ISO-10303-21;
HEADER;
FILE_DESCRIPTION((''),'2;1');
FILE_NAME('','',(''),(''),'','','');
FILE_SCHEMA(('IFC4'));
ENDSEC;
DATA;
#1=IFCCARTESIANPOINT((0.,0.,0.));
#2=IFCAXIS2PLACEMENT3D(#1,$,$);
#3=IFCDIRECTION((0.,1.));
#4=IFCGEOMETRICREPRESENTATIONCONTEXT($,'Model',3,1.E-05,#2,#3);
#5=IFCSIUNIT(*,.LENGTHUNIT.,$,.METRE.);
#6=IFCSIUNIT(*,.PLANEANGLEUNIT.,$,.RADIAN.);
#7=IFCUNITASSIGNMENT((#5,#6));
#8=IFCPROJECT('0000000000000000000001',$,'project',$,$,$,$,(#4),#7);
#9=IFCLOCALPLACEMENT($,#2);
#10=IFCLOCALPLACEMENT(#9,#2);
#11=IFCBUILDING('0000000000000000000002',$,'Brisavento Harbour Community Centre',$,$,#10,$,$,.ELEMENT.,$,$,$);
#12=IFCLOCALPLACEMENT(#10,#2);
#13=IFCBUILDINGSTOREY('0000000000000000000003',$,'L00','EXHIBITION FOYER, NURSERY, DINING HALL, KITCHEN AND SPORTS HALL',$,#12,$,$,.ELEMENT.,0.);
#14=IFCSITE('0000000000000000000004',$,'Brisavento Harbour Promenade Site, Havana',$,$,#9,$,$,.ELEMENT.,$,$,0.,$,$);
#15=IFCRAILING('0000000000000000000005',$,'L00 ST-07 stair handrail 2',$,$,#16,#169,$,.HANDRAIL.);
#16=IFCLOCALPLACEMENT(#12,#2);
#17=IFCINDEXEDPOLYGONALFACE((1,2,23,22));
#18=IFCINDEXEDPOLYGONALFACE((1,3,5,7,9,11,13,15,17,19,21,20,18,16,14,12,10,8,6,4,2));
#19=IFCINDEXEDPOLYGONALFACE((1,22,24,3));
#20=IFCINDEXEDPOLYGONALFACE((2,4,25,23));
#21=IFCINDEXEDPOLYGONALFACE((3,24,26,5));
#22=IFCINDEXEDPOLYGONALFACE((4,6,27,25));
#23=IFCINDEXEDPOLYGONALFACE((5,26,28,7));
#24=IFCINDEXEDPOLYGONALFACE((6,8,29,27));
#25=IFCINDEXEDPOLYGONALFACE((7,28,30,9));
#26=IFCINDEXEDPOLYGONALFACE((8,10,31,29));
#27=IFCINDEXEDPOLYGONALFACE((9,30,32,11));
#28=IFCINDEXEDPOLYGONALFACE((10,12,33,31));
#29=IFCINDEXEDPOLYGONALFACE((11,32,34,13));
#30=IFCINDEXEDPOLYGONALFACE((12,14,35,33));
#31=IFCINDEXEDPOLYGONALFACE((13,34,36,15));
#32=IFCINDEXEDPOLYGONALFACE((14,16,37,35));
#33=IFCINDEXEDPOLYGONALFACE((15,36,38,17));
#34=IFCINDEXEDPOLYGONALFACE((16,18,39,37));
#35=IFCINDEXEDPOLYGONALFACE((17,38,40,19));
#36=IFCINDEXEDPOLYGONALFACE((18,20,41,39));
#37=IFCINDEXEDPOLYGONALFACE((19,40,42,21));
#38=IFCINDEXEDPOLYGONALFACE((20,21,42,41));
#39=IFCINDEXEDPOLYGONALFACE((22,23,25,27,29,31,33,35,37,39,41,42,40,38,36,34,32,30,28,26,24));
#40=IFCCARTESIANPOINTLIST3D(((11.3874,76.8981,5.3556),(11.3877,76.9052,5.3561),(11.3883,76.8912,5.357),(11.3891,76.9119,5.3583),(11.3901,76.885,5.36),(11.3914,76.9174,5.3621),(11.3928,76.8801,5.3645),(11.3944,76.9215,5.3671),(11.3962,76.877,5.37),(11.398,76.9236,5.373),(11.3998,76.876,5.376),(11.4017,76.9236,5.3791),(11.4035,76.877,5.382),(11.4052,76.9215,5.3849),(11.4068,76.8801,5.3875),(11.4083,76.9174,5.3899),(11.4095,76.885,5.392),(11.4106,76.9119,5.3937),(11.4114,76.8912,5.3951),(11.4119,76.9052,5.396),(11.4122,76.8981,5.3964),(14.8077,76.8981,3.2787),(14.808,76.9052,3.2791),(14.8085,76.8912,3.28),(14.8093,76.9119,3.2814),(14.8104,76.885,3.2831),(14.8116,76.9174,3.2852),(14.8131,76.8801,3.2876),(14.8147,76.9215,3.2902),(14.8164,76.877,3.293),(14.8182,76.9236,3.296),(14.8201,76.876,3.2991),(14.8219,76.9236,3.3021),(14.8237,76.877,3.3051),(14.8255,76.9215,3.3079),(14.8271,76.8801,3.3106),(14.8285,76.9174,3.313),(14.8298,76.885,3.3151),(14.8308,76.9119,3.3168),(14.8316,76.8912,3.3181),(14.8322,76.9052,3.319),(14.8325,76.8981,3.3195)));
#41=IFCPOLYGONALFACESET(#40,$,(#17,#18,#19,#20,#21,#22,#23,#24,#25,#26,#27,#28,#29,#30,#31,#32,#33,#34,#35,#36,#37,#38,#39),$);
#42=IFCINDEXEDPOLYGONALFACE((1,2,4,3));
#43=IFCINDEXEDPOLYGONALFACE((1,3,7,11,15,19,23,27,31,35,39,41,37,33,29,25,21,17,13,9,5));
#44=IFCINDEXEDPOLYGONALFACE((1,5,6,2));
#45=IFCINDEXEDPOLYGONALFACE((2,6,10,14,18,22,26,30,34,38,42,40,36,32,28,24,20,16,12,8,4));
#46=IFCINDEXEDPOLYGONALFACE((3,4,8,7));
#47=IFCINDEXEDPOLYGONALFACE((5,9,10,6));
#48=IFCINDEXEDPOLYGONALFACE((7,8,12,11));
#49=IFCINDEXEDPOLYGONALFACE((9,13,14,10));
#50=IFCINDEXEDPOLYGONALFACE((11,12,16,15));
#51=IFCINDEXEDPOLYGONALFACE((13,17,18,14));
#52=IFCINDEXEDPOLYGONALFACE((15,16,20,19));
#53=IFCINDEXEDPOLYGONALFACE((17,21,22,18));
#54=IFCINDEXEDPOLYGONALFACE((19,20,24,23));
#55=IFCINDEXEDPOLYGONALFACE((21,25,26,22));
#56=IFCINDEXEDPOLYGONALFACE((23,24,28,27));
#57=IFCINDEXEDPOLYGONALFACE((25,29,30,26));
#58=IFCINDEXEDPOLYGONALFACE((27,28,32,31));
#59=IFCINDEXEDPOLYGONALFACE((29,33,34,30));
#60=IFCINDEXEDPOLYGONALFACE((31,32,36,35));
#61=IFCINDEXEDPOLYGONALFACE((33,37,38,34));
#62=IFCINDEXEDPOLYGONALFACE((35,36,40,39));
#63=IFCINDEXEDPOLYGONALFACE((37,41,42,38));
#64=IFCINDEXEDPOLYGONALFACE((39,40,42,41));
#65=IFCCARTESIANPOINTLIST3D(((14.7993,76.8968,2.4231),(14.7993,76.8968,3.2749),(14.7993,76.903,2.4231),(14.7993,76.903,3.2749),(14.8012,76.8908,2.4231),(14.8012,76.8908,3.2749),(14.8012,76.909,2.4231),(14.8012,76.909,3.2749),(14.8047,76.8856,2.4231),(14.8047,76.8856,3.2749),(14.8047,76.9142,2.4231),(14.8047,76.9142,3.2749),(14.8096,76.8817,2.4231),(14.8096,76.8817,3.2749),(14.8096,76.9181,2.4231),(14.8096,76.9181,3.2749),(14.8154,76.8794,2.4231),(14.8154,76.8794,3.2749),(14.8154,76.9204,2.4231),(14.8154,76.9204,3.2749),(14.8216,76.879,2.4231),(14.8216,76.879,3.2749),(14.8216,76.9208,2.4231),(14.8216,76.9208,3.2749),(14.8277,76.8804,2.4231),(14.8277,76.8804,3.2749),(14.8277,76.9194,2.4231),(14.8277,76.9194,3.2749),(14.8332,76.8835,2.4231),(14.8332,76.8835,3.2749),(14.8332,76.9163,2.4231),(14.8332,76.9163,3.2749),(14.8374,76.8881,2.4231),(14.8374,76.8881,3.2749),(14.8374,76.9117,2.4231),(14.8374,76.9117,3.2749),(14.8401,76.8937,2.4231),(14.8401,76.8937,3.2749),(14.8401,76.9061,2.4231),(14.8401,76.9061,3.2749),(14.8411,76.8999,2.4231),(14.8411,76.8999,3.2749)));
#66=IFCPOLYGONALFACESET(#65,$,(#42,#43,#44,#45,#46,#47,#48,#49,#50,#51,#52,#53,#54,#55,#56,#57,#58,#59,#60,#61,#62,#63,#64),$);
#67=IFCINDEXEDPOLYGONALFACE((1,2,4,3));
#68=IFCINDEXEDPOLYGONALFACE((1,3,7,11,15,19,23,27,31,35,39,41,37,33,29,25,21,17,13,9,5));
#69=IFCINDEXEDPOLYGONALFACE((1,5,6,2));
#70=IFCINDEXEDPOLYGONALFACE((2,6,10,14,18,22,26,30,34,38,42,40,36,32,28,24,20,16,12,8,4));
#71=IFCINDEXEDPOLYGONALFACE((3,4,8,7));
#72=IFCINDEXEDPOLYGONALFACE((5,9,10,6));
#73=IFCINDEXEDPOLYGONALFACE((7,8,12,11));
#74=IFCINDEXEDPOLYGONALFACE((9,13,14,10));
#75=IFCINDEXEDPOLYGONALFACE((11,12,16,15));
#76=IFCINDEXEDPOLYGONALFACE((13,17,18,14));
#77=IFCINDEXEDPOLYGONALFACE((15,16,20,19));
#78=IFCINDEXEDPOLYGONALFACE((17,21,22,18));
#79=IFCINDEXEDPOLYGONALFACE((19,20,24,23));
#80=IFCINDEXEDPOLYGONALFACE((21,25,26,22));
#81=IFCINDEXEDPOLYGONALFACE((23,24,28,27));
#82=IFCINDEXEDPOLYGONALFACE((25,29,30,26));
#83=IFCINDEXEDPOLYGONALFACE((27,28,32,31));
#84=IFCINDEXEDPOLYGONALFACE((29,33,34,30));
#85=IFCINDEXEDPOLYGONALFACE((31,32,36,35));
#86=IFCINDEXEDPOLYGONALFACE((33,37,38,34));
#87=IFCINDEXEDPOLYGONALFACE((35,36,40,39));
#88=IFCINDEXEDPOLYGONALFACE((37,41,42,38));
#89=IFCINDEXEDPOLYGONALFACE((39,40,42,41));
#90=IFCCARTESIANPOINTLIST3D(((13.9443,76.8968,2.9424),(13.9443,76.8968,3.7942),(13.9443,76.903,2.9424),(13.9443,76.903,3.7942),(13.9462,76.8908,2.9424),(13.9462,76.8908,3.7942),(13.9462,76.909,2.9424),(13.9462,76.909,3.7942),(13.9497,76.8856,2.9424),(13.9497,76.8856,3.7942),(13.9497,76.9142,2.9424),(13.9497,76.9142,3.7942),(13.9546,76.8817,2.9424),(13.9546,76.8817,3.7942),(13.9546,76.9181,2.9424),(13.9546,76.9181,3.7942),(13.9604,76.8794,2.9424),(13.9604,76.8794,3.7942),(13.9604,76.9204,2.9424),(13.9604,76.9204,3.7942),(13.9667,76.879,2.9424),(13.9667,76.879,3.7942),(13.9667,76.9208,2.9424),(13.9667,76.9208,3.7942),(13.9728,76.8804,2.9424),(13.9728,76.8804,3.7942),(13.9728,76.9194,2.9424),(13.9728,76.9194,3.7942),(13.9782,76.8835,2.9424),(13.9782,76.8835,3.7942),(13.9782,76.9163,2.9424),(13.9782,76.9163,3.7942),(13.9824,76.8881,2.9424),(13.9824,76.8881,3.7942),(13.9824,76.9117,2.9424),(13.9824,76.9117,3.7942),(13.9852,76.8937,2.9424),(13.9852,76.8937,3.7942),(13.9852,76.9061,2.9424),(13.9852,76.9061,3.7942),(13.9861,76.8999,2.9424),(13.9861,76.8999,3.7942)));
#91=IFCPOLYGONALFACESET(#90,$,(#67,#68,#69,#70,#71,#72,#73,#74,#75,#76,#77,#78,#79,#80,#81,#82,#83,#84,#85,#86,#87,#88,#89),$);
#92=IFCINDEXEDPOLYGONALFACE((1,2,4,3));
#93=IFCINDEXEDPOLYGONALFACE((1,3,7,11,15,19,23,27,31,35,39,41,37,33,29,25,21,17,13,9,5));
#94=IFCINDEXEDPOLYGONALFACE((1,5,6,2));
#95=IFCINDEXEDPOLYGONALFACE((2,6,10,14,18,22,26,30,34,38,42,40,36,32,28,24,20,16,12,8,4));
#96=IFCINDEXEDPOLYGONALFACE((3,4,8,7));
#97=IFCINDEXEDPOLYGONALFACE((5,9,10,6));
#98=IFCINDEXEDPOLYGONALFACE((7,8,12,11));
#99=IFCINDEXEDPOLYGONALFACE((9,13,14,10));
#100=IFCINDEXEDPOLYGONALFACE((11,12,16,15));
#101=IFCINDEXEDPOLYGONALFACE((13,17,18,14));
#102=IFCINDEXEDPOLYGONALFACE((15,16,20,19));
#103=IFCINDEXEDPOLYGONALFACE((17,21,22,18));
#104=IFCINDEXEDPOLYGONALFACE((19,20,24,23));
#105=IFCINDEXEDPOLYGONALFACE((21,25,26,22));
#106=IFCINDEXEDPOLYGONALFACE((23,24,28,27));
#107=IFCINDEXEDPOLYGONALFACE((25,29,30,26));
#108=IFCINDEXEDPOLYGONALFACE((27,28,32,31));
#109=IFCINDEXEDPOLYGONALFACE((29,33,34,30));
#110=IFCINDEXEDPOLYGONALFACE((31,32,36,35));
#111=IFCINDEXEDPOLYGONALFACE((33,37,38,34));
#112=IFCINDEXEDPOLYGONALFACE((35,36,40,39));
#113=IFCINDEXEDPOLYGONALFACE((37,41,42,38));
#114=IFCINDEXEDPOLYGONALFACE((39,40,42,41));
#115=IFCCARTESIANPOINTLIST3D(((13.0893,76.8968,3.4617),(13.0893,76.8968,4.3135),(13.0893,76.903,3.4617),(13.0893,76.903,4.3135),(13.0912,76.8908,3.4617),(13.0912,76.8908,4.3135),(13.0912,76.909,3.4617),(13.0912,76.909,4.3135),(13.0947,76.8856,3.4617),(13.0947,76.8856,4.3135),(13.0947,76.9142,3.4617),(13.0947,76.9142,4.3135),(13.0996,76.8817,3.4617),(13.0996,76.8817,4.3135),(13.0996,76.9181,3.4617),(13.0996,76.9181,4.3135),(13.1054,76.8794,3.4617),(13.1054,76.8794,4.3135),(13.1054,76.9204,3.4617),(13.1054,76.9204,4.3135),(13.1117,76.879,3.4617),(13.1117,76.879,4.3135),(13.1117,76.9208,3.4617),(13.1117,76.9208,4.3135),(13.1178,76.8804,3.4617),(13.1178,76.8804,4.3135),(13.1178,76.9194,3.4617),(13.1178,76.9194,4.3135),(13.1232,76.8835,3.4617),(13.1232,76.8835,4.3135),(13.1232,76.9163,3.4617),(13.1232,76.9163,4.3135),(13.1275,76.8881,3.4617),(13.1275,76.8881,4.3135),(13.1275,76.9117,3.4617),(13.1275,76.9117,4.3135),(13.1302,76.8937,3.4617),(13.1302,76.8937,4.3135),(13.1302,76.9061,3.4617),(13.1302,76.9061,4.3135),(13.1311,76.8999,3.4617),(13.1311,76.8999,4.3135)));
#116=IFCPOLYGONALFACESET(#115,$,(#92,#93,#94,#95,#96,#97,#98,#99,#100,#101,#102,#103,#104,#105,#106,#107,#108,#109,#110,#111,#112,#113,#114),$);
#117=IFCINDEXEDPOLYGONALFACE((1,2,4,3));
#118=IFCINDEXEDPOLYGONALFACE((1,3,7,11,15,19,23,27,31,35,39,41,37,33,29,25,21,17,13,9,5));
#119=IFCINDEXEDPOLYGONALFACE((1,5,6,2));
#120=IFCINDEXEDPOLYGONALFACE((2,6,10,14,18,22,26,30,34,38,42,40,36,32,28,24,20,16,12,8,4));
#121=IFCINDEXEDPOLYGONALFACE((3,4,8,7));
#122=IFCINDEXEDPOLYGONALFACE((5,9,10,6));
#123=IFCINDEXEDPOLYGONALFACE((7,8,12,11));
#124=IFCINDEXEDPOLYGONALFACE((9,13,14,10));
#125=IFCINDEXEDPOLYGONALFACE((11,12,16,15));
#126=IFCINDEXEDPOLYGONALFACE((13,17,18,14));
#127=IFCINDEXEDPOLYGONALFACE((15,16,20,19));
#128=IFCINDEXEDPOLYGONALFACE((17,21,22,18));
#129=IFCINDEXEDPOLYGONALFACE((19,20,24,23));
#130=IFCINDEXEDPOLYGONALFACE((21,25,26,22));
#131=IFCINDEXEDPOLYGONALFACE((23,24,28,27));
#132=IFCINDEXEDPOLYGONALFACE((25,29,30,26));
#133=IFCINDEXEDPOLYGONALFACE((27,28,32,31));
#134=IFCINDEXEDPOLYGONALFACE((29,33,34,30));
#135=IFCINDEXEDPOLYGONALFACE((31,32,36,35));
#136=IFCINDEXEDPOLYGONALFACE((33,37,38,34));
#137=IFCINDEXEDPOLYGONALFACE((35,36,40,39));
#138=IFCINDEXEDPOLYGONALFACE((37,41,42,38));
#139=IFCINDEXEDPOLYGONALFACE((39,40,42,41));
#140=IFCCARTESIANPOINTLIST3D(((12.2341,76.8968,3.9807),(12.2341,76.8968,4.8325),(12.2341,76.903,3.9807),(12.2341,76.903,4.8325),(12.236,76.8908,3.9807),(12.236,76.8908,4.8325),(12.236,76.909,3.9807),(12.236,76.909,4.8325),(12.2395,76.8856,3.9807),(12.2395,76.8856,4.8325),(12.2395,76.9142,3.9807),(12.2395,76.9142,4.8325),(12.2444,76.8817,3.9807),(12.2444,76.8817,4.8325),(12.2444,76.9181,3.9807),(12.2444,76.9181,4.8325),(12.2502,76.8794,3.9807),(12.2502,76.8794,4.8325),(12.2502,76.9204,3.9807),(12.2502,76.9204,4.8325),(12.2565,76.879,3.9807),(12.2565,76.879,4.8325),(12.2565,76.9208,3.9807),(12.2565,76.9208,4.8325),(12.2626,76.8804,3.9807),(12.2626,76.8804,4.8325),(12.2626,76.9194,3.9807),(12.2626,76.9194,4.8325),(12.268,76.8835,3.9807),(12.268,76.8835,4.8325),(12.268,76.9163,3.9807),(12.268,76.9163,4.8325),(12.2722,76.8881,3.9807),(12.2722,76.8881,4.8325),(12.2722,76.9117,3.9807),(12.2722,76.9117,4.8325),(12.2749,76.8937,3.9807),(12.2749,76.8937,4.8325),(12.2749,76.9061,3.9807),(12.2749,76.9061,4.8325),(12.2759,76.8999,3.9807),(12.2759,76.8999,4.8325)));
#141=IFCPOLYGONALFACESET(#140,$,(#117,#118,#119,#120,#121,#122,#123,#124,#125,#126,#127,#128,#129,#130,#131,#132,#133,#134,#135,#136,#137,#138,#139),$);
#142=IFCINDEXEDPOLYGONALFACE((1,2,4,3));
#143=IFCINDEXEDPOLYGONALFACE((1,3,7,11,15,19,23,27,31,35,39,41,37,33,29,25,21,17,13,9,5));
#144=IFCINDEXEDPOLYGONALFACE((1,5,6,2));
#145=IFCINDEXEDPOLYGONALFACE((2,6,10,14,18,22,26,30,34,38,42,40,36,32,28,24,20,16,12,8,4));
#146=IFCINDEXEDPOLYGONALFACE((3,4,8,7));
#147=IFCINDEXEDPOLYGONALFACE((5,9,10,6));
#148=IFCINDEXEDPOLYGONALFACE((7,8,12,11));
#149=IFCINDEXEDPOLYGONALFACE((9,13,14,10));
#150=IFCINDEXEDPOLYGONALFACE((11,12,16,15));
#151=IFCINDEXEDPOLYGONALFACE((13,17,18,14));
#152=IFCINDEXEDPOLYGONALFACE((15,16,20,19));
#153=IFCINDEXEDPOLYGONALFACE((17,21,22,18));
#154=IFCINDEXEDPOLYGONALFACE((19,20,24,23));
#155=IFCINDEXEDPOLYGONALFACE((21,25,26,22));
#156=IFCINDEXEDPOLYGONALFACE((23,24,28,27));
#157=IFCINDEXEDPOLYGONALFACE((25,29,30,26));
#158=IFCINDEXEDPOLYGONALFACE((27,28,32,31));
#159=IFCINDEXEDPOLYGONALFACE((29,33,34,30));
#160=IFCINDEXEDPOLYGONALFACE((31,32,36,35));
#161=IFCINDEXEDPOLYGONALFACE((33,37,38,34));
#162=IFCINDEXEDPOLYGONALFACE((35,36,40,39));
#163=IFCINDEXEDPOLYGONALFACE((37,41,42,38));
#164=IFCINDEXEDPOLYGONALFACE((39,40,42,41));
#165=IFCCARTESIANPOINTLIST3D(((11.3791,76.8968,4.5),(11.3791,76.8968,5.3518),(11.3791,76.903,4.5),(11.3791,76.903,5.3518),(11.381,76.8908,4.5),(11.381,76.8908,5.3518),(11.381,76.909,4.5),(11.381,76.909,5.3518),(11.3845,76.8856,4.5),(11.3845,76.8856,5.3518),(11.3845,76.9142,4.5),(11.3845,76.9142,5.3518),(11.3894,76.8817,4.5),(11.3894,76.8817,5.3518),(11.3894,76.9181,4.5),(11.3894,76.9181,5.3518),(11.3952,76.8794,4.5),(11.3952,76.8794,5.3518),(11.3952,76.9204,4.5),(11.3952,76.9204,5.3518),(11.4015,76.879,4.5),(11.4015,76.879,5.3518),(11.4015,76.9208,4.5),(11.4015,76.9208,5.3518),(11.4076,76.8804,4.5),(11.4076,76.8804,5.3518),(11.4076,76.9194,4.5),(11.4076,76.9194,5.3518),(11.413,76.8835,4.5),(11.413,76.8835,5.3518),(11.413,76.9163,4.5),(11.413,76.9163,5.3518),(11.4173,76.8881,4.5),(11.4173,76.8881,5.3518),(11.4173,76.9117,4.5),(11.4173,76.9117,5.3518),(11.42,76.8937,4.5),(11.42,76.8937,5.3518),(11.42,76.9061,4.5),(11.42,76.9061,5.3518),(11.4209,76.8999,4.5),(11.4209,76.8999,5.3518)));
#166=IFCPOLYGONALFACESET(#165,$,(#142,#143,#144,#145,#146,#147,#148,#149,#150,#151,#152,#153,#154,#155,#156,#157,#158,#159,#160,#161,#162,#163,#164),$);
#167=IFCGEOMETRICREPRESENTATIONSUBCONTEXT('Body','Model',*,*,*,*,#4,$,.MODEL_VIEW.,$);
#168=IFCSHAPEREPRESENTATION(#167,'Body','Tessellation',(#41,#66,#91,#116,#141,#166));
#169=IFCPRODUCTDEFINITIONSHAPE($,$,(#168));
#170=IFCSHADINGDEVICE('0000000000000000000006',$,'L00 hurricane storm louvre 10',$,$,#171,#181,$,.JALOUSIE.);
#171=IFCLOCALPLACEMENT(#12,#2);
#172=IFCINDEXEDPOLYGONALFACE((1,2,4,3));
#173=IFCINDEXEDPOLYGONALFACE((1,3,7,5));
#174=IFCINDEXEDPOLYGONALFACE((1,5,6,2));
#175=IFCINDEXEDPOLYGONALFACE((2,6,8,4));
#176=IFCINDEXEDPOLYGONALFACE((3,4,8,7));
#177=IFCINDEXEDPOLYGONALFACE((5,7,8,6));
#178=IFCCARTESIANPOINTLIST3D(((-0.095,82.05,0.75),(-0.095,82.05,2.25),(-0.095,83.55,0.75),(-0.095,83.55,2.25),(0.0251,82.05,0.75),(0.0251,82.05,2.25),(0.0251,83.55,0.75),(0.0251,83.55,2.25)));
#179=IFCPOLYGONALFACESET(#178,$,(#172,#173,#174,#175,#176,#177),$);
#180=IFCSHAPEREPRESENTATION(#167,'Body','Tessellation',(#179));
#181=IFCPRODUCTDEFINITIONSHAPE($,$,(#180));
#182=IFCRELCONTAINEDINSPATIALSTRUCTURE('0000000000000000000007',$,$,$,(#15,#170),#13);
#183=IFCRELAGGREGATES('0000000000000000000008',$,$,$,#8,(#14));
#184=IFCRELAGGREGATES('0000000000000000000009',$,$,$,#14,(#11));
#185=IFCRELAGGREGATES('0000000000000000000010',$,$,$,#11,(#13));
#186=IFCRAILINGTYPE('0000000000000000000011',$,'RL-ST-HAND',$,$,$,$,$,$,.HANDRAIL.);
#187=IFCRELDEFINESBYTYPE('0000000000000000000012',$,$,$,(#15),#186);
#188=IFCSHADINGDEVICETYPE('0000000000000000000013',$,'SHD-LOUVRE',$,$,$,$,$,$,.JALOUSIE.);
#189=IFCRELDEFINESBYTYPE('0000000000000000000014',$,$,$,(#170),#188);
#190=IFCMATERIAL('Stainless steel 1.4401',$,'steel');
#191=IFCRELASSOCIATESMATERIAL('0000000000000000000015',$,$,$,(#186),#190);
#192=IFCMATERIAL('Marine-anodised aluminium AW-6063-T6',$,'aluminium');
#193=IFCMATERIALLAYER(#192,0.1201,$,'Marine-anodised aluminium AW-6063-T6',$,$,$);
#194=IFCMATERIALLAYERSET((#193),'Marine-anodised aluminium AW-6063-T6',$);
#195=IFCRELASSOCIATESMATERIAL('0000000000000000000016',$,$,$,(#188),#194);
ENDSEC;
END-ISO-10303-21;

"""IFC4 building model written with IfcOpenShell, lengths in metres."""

from ifc_helpers import new_model, si_unit, direction, frame, origin, origin_2d, place, context, subcontext, project, spatial, rectangle, circle, extrude, material, layer, layer_set, type_object, element, save


model = new_model("IFC4")

# Units and contexts
model_context = context("Model", 3, precision=1e-05, world=origin(), true_north=direction((0.0, 1.0)))
body_context = subcontext(model_context, "Body", "Model", "MODEL_VIEW")
ifc_project = project(units=[si_unit("LENGTHUNIT", "METRE"), si_unit("PLANEANGLEUNIT", "RADIAN")], contexts=[model_context])

# Site, building, storey
site_placement = place(None, origin())
site = spatial("IfcSite", under=ifc_project, at=site_placement, Name="Brisavento Harbour Promenade Site, Havana", CompositionType="ELEMENT", RefElevation=0.0)
building_placement = place(site_placement, origin())
building = spatial("IfcBuilding", under=site, at=building_placement, Name="Brisavento Harbour Community Centre", CompositionType="ELEMENT")
storey_placement = place(building_placement, origin())
storey = spatial("IfcBuildingStorey", under=building, at=storey_placement, Name="L00", Description="EXHIBITION FOYER, NURSERY, DINING HALL, KITCHEN AND SPORTS HALL", CompositionType="ELEMENT", Elevation=0.0)

# Railing
ifc_material_1 = material(Name="Stainless steel 1.4401", Category="steel")
railing_type_1 = type_object("IfcRailingType", Name="RL-ST-HAND", PredefinedType="HANDRAIL", material=ifc_material_1)
railing_1_placement = place(storey_placement, frame((14.8201, 76.8999, 2.4231)))
element("IfcRailing", 1, at=railing_1_placement, inside=storey, type_object=railing_type_1, Name="L00 ST-07 stair handrail 2", PredefinedType="HANDRAIL", context=body_context, shape_type="SweptSolid", body=[
    extrude(circle(Radius=0.0239, at=origin_2d()), frame((0.0, 0.0, 0.876), z_axis=(-0.854746, 0.0, 0.519047), x_axis=(0.0, -1.0, 0.0)), (0.0, 0.0, 1.0), 4.0015),
    extrude(circle(Radius=0.021, at=origin_2d()), origin(), (0.0, 0.0, 1.0), 0.8518),
    extrude(circle(Radius=0.021, at=origin_2d()), frame((-0.855, 0.0, 0.5193)), (0.0, 0.0, 1.0), 0.8518),
    extrude(circle(Radius=0.021, at=origin_2d()), frame((-1.71, 0.0, 1.0386)), (0.0, 0.0, 1.0), 0.8518),
    extrude(circle(Radius=0.021, at=origin_2d()), frame((-2.5652, 0.0, 1.5576)), (0.0, 0.0, 1.0), 0.8518),
    extrude(circle(Radius=0.021, at=origin_2d()), frame((-3.4202, 0.0, 2.0769)), (0.0, 0.0, 1.0), 0.8518),
])

# Shading device
ifc_material_2 = material(Name="Marine-anodised aluminium AW-6063-T6", Category="aluminium")
ifc_layer_1 = layer(ifc_material_2, 0.1201, Name="Marine-anodised aluminium AW-6063-T6")
ifc_layer_set_1 = layer_set([ifc_layer_1], Name="Marine-anodised aluminium AW-6063-T6")
shading_device_type = type_object("IfcShadingDeviceType", Name="SHD-LOUVRE", PredefinedType="JALOUSIE", material=ifc_layer_set_1)
shading_device_placement = place(storey_placement, frame((-0.0349, 82.8, 0.75), z_axis=(0.0, 0.0, 1.0), x_axis=(0.0, 1.0, 0.0)))
element("IfcShadingDevice", 2, at=shading_device_placement, inside=storey, type_object=shading_device_type, Name="L00 hurricane storm louvre 10", PredefinedType="JALOUSIE", context=body_context, shape_type="SweptSolid", body=[
    extrude(rectangle(XDim=1.5, YDim=0.1201, at=origin_2d()), origin(), (0.0, 0.0, 1.0), 1.5),
])

save(model, "model.ifc")
